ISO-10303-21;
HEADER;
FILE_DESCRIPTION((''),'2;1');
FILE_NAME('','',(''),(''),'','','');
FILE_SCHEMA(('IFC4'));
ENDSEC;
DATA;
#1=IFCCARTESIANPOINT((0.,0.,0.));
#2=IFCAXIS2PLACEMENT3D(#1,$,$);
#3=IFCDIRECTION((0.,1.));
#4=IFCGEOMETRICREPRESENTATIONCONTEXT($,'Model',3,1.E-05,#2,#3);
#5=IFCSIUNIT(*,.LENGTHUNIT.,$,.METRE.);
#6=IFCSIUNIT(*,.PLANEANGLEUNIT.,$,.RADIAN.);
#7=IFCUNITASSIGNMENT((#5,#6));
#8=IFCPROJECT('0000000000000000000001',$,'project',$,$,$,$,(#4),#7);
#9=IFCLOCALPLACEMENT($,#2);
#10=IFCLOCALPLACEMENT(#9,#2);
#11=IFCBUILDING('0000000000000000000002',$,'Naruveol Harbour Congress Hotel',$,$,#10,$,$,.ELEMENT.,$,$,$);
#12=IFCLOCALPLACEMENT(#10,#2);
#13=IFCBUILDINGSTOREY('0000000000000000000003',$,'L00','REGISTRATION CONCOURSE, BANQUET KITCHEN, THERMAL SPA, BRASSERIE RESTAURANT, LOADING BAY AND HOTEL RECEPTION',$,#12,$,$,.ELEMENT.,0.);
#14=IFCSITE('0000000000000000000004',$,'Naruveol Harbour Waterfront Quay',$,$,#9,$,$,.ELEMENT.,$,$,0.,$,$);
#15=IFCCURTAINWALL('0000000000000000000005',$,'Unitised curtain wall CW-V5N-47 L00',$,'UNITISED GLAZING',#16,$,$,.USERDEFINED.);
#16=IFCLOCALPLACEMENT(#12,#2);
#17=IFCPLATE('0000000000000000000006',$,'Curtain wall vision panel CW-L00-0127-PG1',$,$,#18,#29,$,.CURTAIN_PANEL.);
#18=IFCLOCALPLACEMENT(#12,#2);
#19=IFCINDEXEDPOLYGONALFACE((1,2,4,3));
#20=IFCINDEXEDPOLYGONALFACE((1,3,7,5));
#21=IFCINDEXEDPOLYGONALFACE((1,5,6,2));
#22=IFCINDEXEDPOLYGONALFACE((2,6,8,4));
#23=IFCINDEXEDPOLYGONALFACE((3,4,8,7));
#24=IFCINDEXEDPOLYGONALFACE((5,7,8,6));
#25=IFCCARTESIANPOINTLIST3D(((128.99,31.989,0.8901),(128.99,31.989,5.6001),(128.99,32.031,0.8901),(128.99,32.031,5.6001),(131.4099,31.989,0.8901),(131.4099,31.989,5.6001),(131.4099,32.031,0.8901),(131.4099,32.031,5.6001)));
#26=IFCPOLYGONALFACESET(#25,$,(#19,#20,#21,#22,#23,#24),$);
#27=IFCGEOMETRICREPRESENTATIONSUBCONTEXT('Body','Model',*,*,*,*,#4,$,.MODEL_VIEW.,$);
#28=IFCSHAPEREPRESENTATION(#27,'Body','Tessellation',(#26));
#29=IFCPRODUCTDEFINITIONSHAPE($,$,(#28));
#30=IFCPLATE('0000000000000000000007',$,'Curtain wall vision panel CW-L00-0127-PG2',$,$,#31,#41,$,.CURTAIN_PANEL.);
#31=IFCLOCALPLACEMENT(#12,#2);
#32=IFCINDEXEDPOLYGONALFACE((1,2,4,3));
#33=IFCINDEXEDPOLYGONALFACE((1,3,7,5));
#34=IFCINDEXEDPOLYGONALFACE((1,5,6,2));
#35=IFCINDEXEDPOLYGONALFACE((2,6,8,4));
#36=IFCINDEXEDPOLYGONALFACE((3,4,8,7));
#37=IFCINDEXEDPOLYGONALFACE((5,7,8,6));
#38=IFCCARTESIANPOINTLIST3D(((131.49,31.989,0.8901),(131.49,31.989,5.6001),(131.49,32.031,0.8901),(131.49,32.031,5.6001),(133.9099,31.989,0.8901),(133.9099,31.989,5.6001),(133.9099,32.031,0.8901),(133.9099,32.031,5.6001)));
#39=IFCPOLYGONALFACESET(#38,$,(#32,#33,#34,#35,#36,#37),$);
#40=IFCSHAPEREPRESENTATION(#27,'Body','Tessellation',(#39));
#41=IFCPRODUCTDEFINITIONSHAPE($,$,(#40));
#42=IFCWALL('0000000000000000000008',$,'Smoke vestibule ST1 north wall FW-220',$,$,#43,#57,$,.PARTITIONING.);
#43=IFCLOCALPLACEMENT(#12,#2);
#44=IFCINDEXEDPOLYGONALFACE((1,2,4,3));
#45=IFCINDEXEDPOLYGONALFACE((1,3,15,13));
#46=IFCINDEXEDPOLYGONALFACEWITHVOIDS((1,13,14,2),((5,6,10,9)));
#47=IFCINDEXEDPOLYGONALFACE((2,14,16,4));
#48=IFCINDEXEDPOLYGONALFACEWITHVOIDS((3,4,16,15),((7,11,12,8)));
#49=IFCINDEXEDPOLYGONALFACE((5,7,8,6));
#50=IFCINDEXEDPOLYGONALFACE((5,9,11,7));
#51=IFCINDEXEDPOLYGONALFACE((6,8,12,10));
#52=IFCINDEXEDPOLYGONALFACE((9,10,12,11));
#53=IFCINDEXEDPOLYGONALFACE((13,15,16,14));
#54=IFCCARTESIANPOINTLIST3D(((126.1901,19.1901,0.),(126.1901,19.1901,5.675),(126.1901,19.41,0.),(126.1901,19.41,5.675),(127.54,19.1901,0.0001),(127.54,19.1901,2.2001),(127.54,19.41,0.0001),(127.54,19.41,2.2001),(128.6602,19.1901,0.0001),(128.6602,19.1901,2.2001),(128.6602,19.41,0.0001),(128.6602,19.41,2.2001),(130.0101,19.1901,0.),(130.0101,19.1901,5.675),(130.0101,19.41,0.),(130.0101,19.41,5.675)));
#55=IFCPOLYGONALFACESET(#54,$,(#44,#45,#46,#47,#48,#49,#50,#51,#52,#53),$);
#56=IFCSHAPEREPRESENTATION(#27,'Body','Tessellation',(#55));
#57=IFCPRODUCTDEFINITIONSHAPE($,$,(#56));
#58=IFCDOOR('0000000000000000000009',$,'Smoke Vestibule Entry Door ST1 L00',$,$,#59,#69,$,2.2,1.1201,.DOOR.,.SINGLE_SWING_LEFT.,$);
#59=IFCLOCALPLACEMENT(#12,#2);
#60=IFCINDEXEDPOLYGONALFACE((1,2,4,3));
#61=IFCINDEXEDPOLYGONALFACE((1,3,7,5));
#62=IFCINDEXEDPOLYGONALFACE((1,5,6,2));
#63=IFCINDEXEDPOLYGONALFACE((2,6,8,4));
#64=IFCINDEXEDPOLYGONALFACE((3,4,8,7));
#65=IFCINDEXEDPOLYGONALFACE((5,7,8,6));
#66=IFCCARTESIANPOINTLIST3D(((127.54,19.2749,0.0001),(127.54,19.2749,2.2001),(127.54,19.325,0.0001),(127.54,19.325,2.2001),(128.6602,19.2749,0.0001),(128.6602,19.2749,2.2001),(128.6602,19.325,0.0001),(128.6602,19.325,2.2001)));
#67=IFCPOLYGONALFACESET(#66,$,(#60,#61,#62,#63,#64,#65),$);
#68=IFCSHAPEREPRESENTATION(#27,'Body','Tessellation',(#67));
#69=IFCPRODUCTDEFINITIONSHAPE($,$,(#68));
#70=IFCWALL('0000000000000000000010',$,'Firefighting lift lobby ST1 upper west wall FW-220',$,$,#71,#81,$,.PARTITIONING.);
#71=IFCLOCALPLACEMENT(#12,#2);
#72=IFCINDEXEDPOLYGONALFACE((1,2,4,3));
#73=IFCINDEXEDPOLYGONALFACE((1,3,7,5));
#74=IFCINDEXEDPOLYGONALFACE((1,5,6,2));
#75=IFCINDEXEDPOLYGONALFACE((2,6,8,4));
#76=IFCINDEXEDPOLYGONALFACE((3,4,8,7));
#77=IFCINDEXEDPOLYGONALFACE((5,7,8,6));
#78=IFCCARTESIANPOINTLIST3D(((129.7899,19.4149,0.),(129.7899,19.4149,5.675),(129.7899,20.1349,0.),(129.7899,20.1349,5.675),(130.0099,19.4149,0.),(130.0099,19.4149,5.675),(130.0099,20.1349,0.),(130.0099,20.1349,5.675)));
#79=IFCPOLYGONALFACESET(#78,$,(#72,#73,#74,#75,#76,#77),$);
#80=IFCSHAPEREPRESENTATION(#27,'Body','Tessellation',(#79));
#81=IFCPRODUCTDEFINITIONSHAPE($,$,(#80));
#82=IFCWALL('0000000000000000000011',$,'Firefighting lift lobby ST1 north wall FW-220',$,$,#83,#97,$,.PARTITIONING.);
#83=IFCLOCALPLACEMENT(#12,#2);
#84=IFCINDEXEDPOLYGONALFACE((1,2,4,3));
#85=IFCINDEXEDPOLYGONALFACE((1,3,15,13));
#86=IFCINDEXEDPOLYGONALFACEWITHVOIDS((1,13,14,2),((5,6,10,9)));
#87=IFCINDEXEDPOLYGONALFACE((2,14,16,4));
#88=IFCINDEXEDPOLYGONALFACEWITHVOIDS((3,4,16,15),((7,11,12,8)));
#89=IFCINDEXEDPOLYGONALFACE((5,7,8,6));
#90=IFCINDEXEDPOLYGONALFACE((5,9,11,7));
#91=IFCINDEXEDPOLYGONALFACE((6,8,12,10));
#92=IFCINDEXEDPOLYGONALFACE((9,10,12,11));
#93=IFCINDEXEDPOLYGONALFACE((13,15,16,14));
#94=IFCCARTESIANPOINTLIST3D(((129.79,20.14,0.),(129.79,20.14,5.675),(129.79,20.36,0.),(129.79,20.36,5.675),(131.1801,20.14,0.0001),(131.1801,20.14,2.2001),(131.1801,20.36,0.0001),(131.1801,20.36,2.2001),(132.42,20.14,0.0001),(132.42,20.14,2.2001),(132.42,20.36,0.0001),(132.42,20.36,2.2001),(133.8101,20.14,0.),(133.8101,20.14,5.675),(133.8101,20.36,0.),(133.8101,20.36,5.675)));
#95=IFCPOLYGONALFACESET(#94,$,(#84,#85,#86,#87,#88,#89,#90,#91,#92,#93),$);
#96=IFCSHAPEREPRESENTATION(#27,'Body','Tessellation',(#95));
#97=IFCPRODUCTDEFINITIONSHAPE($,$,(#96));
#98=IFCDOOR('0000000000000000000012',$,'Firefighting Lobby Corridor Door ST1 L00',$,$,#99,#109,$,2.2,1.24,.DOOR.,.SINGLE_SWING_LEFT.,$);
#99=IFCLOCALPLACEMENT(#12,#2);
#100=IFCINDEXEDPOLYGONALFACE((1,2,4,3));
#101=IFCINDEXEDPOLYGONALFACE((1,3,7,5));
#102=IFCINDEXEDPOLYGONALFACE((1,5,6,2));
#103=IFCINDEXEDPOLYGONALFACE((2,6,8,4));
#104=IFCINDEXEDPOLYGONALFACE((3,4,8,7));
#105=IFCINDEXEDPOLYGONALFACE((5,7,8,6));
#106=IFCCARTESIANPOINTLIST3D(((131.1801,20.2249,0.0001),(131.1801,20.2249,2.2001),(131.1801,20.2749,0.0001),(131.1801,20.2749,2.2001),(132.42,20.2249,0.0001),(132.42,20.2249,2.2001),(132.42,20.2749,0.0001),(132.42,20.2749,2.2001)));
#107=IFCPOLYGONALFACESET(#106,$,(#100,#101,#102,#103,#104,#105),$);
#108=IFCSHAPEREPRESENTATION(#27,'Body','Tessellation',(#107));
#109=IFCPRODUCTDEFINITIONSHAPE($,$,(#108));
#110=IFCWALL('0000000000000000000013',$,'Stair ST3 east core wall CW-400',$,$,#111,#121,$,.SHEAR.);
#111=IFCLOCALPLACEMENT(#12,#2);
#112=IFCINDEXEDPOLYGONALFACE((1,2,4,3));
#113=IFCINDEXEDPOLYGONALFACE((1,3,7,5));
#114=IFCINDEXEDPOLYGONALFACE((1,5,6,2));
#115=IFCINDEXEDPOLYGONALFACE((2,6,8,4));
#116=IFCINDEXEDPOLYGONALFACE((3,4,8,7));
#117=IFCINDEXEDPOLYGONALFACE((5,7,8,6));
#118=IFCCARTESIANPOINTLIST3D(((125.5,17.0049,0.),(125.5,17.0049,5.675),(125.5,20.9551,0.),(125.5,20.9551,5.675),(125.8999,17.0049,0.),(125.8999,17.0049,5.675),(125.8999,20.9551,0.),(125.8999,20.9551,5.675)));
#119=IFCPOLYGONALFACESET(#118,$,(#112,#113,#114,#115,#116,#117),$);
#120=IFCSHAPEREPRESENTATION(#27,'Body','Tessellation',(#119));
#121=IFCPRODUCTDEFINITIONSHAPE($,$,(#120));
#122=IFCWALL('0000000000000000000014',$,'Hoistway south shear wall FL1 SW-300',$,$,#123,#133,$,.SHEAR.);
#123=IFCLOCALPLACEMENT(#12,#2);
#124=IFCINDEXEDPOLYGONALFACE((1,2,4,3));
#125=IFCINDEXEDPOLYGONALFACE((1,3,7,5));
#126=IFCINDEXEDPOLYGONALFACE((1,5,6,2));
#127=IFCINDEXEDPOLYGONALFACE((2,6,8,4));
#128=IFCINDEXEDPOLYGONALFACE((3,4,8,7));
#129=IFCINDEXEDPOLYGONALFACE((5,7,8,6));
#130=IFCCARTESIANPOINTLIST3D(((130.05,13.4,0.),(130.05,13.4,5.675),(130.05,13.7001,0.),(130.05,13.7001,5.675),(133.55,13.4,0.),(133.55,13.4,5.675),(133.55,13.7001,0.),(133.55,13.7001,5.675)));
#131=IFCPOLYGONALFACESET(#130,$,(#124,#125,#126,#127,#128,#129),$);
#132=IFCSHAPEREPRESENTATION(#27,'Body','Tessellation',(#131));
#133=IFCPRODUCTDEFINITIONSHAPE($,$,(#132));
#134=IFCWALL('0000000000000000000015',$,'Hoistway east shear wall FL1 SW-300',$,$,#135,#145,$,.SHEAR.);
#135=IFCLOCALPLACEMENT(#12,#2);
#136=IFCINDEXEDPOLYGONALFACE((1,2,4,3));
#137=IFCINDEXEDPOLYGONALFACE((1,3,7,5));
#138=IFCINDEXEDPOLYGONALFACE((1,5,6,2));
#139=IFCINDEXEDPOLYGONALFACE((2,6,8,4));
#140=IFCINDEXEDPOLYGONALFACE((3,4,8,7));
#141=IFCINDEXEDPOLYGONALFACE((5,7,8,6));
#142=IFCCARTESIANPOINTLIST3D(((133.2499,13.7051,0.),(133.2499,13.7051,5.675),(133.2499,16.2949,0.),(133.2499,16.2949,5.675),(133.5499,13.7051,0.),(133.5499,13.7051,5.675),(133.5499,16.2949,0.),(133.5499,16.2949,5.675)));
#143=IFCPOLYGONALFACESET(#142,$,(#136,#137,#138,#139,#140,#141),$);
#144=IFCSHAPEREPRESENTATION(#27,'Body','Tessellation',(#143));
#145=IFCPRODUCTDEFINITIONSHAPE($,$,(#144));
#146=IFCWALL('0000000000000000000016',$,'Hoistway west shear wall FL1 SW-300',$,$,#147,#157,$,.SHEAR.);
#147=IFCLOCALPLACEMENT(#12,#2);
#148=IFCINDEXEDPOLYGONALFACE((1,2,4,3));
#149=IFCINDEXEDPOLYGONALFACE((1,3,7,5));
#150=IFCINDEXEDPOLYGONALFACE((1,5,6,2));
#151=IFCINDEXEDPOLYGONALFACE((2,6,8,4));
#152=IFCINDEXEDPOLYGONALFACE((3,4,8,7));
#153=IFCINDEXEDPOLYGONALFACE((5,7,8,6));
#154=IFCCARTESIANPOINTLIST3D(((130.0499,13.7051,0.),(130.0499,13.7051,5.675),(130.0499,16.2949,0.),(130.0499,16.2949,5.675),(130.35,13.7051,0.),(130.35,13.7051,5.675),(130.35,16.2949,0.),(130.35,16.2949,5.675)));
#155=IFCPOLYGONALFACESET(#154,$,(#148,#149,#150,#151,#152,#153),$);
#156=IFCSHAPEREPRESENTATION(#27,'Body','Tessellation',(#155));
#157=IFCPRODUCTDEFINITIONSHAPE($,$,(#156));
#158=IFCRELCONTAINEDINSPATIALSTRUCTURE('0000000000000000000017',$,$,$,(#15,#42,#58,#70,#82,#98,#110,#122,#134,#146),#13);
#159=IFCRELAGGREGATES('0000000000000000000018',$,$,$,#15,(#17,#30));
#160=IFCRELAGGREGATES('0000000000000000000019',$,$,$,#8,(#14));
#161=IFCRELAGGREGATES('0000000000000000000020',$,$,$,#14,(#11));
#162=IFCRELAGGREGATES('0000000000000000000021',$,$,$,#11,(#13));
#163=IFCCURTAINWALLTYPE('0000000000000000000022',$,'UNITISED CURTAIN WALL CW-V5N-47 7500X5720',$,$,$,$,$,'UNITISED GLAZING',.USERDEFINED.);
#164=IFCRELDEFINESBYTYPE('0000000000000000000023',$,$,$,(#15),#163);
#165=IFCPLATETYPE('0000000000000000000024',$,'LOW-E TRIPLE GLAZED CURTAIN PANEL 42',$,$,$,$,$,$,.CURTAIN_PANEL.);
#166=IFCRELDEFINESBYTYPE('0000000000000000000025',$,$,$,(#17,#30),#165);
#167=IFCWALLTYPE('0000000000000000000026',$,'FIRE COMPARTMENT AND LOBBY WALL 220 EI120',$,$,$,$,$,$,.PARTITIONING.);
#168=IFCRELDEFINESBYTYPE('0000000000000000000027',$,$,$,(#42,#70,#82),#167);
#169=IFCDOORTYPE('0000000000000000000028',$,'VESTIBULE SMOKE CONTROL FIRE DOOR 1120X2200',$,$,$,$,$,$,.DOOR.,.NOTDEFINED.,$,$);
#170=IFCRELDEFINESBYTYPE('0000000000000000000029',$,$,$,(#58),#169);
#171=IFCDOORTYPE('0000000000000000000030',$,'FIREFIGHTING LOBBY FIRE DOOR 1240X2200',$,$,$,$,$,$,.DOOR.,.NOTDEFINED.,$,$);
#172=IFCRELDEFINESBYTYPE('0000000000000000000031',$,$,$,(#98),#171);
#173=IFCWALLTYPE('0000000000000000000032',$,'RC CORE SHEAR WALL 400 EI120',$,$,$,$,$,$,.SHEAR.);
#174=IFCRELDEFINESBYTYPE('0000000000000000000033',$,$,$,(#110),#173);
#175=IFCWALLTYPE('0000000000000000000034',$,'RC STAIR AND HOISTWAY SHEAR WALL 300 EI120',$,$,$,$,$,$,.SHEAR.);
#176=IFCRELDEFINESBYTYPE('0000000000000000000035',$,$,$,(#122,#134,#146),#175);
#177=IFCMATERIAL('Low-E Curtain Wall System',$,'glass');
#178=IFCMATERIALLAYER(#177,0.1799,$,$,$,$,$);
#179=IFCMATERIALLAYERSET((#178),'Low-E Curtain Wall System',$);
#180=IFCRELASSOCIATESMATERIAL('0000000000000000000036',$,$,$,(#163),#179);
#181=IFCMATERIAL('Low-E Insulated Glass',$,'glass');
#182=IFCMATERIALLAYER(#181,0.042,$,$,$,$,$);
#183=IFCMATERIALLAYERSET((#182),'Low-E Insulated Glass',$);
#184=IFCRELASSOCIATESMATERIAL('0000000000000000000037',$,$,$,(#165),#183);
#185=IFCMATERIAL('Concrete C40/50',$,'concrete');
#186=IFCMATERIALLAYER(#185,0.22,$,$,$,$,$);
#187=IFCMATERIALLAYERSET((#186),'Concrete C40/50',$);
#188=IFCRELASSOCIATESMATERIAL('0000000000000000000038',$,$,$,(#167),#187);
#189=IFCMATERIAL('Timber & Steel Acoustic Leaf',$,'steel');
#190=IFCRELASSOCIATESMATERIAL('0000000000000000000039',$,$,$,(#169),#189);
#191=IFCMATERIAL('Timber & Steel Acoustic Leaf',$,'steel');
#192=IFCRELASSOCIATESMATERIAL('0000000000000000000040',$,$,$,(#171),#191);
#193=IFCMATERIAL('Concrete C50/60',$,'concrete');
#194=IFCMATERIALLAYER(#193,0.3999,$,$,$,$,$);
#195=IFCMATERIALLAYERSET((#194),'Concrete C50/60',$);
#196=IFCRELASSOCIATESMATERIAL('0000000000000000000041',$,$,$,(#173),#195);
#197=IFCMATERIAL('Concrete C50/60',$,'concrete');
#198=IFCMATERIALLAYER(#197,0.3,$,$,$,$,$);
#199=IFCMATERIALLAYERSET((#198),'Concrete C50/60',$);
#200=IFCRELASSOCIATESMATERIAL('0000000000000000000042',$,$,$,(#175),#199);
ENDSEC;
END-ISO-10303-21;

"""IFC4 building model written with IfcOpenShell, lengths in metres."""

from ifc_helpers import new_model, si_unit, direction, frame, frame_2d, origin, origin_2d, place, context, subcontext, project, spatial, rectangle, extrude, material, layer, layer_set, type_object, element, fill, aggregate, save


model = new_model("IFC4")

# Units and contexts
model_context = context("Model", 3, precision=1e-05, world=origin(), true_north=direction((0.0, 1.0)))
body_context = subcontext(model_context, "Body", "Model", "MODEL_VIEW")
ifc_project = project(units=[si_unit("LENGTHUNIT", "METRE"), si_unit("PLANEANGLEUNIT", "RADIAN")], contexts=[model_context])

# Site, building, storey
site_placement = place(None, origin())
site = spatial("IfcSite", under=ifc_project, at=site_placement, Name="Naruveol Harbour Waterfront Quay", CompositionType="ELEMENT", RefElevation=0.0)
building_placement = place(site_placement, origin())
building = spatial("IfcBuilding", under=site, at=building_placement, Name="Naruveol Harbour Congress Hotel", CompositionType="ELEMENT")
storey_placement = place(building_placement, origin())
storey = spatial("IfcBuildingStorey", under=building, at=storey_placement, Name="L00", Description="REGISTRATION CONCOURSE, BANQUET KITCHEN, THERMAL SPA, BRASSERIE RESTAURANT, LOADING BAY AND HOTEL RECEPTION", CompositionType="ELEMENT", Elevation=0.0)

# Curtain wall, plates
ifc_material_1 = material(Name="Low-E Curtain Wall System", Category="glass")
ifc_layer_1 = layer(ifc_material_1, 0.1799)
ifc_layer_set_1 = layer_set([ifc_layer_1], Name="Low-E Curtain Wall System")
curtain_wall_type = type_object("IfcCurtainWallType", Name="UNITISED CURTAIN WALL CW-V5N-47 7500X5720", ElementType="UNITISED GLAZING", PredefinedType="USERDEFINED", material=ifc_layer_set_1)
curtain_wall_placement = place(storey_placement, origin())
curtain_wall = element("IfcCurtainWall", 1, at=curtain_wall_placement, inside=storey, type_object=curtain_wall_type, Name="Unitised curtain wall CW-V5N-47 L00", ObjectType="UNITISED GLAZING", PredefinedType="USERDEFINED")
ifc_material_2 = material(Name="Low-E Insulated Glass", Category="glass")
ifc_layer_2 = layer(ifc_material_2, 0.042)
ifc_layer_set_2 = layer_set([ifc_layer_2], Name="Low-E Insulated Glass")
plate_type_1 = type_object("IfcPlateType", Name="LOW-E TRIPLE GLAZED CURTAIN PANEL 42", PredefinedType="CURTAIN_PANEL", material=ifc_layer_set_2)
plate_1_placement = place(storey_placement, frame((130.2, 32.01, 0.8901), z_axis=(0.0, 0.0, 1.0), x_axis=(1.0, 0.0, 0.0)))
plate_1 = element("IfcPlate", 2, at=plate_1_placement, type_object=plate_type_1, Name="Curtain wall vision panel CW-L00-0127-PG1", PredefinedType="CURTAIN_PANEL", context=body_context, shape_type="SweptSolid", body=[
    extrude(rectangle(XDim=2.4199, YDim=0.042, at=origin_2d()), origin(), (0.0, 0.0, 1.0), 4.71),
])
plate_2_placement = place(storey_placement, frame((132.7, 32.01, 0.8901), z_axis=(0.0, 0.0, 1.0), x_axis=(1.0, 0.0, 0.0)))
plate_2 = element("IfcPlate", 3, at=plate_2_placement, type_object=plate_type_1, Name="Curtain wall vision panel CW-L00-0127-PG2", PredefinedType="CURTAIN_PANEL", context=body_context, shape_type="SweptSolid", body=[
    extrude(rectangle(XDim=2.4199, YDim=0.042, at=origin_2d()), origin(), (0.0, 0.0, 1.0), 4.71),
])
aggregate(curtain_wall, [plate_1, plate_2])

# Wall, opening, door
ifc_material_3 = material(Name="Concrete C40/50", Category="concrete")
ifc_layer_3 = layer(ifc_material_3, 0.22)
ifc_layer_set_3 = layer_set([ifc_layer_3], Name="Concrete C40/50")
wall_type_1 = type_object("IfcWallType", Name="FIRE COMPARTMENT AND LOBBY WALL 220 EI120", PredefinedType="PARTITIONING", material=ifc_layer_set_3)
wall_1_placement = place(storey_placement, frame((126.1899, 19.3, 0.0), z_axis=(0.0, 0.0, 1.0), x_axis=(1.0, 0.0, 0.0)))
wall_1 = element("IfcWall", 4, at=wall_1_placement, inside=storey, type_object=wall_type_1, Name="Smoke vestibule ST1 north wall FW-220", PredefinedType="PARTITIONING", context=body_context, shape_type="SweptSolid", body=[
    extrude(rectangle(XDim=3.8201, YDim=0.22, at=frame_2d((1.9102, 0.0))), origin(), (0.0, 0.0, 1.0), 5.675),
])
opening_1_placement = place(wall_1_placement, frame((1.3501, 0.0, 0.0)))
opening_1 = element("IfcOpeningElement", 5, at=opening_1_placement, cuts=wall_1, PredefinedType="OPENING", context=body_context, shape_type="SweptSolid", body=[
    extrude(rectangle(XDim=1.1201, YDim=2.2, at=frame_2d((0.5601, 1.1001))), frame((0.0, 0.1199, 0.0), z_axis=(0.0, -1.0, 0.0), x_axis=(1.0, 0.0, 0.0)), (0.0, 0.0, 1.0), 0.24),
])
ifc_material_4 = material(Name="Timber & Steel Acoustic Leaf", Category="steel")
door_type_1 = type_object("IfcDoorType", Name="VESTIBULE SMOKE CONTROL FIRE DOOR 1120X2200", OperationType="NOTDEFINED", PredefinedType="DOOR", material=ifc_material_4)
door_1_placement = place(opening_1_placement, origin())
door_1 = element("IfcDoor", 6, at=door_1_placement, inside=storey, type_object=door_type_1, Name="Smoke Vestibule Entry Door ST1 L00", OperationType="SINGLE_SWING_LEFT", OverallHeight=2.2, OverallWidth=1.1201, PredefinedType="DOOR", context=body_context, shape_type="SweptSolid", body=[
    extrude(rectangle(XDim=1.1201, YDim=2.2, at=frame_2d((0.5601, 1.1001))), frame((0.0, 0.0249, 0.0), z_axis=(0.0, -1.0, 0.0), x_axis=(1.0, 0.0, 0.0)), (0.0, 0.0, 1.0), 0.05),
])
fill(opening_1, door_1)

# Wall
wall_2_placement = place(storey_placement, frame((129.8999, 19.415, 0.0), z_axis=(0.0, 0.0, 1.0), x_axis=(0.0, 1.0, 0.0)))
element("IfcWall", 7, at=wall_2_placement, inside=storey, type_object=wall_type_1, Name="Firefighting lift lobby ST1 upper west wall FW-220", PredefinedType="PARTITIONING", context=body_context, shape_type="SweptSolid", body=[
    extrude(rectangle(XDim=0.72, YDim=0.22, at=frame_2d((0.3599, 0.0))), origin(), (0.0, 0.0, 1.0), 5.675),
])

# Wall, opening, door
wall_3_placement = place(storey_placement, frame((129.79, 20.25, 0.0), z_axis=(0.0, 0.0, 1.0), x_axis=(1.0, 0.0, 0.0)))
wall_3 = element("IfcWall", 8, at=wall_3_placement, inside=storey, type_object=wall_type_1, Name="Firefighting lift lobby ST1 north wall FW-220", PredefinedType="PARTITIONING", context=body_context, shape_type="SweptSolid", body=[
    extrude(rectangle(XDim=4.02, YDim=0.22, at=frame_2d((2.01, 0.0))), origin(), (0.0, 0.0, 1.0), 5.675),
])
opening_2_placement = place(wall_3_placement, frame((1.3899, 0.0, 0.0)))
opening_2 = element("IfcOpeningElement", 9, at=opening_2_placement, cuts=wall_3, PredefinedType="OPENING", context=body_context, shape_type="SweptSolid", body=[
    extrude(rectangle(XDim=1.24, YDim=2.2, at=frame_2d((0.6201, 1.1001))), frame((0.0, 0.1199, 0.0), z_axis=(0.0, -1.0, 0.0), x_axis=(1.0, 0.0, 0.0)), (0.0, 0.0, 1.0), 0.24),
])
ifc_material_5 = material(Name="Timber & Steel Acoustic Leaf", Category="steel")
door_type_2 = type_object("IfcDoorType", Name="FIREFIGHTING LOBBY FIRE DOOR 1240X2200", OperationType="NOTDEFINED", PredefinedType="DOOR", material=ifc_material_5)
door_2_placement = place(opening_2_placement, origin())
door_2 = element("IfcDoor", 10, at=door_2_placement, inside=storey, type_object=door_type_2, Name="Firefighting Lobby Corridor Door ST1 L00", OperationType="SINGLE_SWING_LEFT", OverallHeight=2.2, OverallWidth=1.24, PredefinedType="DOOR", context=body_context, shape_type="SweptSolid", body=[
    extrude(rectangle(XDim=1.24, YDim=2.2, at=frame_2d((0.6201, 1.1001))), frame((0.0, 0.0249, 0.0), z_axis=(0.0, -1.0, 0.0), x_axis=(1.0, 0.0, 0.0)), (0.0, 0.0, 1.0), 0.05),
])
fill(opening_2, door_2)

# Walls
ifc_material_6 = material(Name="Concrete C50/60", Category="concrete")
ifc_layer_4 = layer(ifc_material_6, 0.3999)
ifc_layer_set_4 = layer_set([ifc_layer_4], Name="Concrete C50/60")
wall_type_2 = type_object("IfcWallType", Name="RC CORE SHEAR WALL 400 EI120", PredefinedType="SHEAR", material=ifc_layer_set_4)
wall_4_placement = place(storey_placement, frame((125.7, 17.0049, 0.0), z_axis=(0.0, 0.0, 1.0), x_axis=(0.0, 1.0, 0.0)))
element("IfcWall", 11, at=wall_4_placement, inside=storey, type_object=wall_type_2, Name="Stair ST3 east core wall CW-400", PredefinedType="SHEAR", context=body_context, shape_type="SweptSolid", body=[
    extrude(rectangle(XDim=3.9502, YDim=0.3999, at=frame_2d((1.9751, 0.0))), origin(), (0.0, 0.0, 1.0), 5.675),
])
ifc_material_7 = material(Name="Concrete C50/60", Category="concrete")
ifc_layer_5 = layer(ifc_material_7, 0.3)
ifc_layer_set_5 = layer_set([ifc_layer_5], Name="Concrete C50/60")
wall_type_3 = type_object("IfcWallType", Name="RC STAIR AND HOISTWAY SHEAR WALL 300 EI120", PredefinedType="SHEAR", material=ifc_layer_set_5)
wall_5_placement = place(storey_placement, frame((130.05, 13.55, 0.0), z_axis=(0.0, 0.0, 1.0), x_axis=(1.0, 0.0, 0.0)))
element("IfcWall", 12, at=wall_5_placement, inside=storey, type_object=wall_type_3, Name="Hoistway south shear wall FL1 SW-300", PredefinedType="SHEAR", context=body_context, shape_type="SweptSolid", body=[
    extrude(rectangle(XDim=3.5, YDim=0.3, at=frame_2d((1.75, 0.0))), origin(), (0.0, 0.0, 1.0), 5.675),
])
for number, where, z_axis, x_axis, name in (
    (13, (133.3999, 13.7051, 0.0), (0.0, 0.0, 1.0), (0.0, 1.0, 0.0), "Hoistway east shear wall FL1 SW-300"),
    (14, (130.2, 16.2949, 0.0), (0.0, 0.0, 1.0), (0.0, -1.0, 0.0), "Hoistway west shear wall FL1 SW-300"),
):
    element("IfcWall", number, at=place(storey_placement, frame(where, z_axis=z_axis, x_axis=x_axis)), inside=storey, type_object=wall_type_3, Name=name, PredefinedType="SHEAR", context=body_context, shape_type="SweptSolid", body=[
        extrude(rectangle(XDim=2.5898, YDim=0.3, at=frame_2d((1.2949, 0.0))), origin(), (0.0, 0.0, 1.0), 5.675),
    ])

save(model, "model.ifc")
